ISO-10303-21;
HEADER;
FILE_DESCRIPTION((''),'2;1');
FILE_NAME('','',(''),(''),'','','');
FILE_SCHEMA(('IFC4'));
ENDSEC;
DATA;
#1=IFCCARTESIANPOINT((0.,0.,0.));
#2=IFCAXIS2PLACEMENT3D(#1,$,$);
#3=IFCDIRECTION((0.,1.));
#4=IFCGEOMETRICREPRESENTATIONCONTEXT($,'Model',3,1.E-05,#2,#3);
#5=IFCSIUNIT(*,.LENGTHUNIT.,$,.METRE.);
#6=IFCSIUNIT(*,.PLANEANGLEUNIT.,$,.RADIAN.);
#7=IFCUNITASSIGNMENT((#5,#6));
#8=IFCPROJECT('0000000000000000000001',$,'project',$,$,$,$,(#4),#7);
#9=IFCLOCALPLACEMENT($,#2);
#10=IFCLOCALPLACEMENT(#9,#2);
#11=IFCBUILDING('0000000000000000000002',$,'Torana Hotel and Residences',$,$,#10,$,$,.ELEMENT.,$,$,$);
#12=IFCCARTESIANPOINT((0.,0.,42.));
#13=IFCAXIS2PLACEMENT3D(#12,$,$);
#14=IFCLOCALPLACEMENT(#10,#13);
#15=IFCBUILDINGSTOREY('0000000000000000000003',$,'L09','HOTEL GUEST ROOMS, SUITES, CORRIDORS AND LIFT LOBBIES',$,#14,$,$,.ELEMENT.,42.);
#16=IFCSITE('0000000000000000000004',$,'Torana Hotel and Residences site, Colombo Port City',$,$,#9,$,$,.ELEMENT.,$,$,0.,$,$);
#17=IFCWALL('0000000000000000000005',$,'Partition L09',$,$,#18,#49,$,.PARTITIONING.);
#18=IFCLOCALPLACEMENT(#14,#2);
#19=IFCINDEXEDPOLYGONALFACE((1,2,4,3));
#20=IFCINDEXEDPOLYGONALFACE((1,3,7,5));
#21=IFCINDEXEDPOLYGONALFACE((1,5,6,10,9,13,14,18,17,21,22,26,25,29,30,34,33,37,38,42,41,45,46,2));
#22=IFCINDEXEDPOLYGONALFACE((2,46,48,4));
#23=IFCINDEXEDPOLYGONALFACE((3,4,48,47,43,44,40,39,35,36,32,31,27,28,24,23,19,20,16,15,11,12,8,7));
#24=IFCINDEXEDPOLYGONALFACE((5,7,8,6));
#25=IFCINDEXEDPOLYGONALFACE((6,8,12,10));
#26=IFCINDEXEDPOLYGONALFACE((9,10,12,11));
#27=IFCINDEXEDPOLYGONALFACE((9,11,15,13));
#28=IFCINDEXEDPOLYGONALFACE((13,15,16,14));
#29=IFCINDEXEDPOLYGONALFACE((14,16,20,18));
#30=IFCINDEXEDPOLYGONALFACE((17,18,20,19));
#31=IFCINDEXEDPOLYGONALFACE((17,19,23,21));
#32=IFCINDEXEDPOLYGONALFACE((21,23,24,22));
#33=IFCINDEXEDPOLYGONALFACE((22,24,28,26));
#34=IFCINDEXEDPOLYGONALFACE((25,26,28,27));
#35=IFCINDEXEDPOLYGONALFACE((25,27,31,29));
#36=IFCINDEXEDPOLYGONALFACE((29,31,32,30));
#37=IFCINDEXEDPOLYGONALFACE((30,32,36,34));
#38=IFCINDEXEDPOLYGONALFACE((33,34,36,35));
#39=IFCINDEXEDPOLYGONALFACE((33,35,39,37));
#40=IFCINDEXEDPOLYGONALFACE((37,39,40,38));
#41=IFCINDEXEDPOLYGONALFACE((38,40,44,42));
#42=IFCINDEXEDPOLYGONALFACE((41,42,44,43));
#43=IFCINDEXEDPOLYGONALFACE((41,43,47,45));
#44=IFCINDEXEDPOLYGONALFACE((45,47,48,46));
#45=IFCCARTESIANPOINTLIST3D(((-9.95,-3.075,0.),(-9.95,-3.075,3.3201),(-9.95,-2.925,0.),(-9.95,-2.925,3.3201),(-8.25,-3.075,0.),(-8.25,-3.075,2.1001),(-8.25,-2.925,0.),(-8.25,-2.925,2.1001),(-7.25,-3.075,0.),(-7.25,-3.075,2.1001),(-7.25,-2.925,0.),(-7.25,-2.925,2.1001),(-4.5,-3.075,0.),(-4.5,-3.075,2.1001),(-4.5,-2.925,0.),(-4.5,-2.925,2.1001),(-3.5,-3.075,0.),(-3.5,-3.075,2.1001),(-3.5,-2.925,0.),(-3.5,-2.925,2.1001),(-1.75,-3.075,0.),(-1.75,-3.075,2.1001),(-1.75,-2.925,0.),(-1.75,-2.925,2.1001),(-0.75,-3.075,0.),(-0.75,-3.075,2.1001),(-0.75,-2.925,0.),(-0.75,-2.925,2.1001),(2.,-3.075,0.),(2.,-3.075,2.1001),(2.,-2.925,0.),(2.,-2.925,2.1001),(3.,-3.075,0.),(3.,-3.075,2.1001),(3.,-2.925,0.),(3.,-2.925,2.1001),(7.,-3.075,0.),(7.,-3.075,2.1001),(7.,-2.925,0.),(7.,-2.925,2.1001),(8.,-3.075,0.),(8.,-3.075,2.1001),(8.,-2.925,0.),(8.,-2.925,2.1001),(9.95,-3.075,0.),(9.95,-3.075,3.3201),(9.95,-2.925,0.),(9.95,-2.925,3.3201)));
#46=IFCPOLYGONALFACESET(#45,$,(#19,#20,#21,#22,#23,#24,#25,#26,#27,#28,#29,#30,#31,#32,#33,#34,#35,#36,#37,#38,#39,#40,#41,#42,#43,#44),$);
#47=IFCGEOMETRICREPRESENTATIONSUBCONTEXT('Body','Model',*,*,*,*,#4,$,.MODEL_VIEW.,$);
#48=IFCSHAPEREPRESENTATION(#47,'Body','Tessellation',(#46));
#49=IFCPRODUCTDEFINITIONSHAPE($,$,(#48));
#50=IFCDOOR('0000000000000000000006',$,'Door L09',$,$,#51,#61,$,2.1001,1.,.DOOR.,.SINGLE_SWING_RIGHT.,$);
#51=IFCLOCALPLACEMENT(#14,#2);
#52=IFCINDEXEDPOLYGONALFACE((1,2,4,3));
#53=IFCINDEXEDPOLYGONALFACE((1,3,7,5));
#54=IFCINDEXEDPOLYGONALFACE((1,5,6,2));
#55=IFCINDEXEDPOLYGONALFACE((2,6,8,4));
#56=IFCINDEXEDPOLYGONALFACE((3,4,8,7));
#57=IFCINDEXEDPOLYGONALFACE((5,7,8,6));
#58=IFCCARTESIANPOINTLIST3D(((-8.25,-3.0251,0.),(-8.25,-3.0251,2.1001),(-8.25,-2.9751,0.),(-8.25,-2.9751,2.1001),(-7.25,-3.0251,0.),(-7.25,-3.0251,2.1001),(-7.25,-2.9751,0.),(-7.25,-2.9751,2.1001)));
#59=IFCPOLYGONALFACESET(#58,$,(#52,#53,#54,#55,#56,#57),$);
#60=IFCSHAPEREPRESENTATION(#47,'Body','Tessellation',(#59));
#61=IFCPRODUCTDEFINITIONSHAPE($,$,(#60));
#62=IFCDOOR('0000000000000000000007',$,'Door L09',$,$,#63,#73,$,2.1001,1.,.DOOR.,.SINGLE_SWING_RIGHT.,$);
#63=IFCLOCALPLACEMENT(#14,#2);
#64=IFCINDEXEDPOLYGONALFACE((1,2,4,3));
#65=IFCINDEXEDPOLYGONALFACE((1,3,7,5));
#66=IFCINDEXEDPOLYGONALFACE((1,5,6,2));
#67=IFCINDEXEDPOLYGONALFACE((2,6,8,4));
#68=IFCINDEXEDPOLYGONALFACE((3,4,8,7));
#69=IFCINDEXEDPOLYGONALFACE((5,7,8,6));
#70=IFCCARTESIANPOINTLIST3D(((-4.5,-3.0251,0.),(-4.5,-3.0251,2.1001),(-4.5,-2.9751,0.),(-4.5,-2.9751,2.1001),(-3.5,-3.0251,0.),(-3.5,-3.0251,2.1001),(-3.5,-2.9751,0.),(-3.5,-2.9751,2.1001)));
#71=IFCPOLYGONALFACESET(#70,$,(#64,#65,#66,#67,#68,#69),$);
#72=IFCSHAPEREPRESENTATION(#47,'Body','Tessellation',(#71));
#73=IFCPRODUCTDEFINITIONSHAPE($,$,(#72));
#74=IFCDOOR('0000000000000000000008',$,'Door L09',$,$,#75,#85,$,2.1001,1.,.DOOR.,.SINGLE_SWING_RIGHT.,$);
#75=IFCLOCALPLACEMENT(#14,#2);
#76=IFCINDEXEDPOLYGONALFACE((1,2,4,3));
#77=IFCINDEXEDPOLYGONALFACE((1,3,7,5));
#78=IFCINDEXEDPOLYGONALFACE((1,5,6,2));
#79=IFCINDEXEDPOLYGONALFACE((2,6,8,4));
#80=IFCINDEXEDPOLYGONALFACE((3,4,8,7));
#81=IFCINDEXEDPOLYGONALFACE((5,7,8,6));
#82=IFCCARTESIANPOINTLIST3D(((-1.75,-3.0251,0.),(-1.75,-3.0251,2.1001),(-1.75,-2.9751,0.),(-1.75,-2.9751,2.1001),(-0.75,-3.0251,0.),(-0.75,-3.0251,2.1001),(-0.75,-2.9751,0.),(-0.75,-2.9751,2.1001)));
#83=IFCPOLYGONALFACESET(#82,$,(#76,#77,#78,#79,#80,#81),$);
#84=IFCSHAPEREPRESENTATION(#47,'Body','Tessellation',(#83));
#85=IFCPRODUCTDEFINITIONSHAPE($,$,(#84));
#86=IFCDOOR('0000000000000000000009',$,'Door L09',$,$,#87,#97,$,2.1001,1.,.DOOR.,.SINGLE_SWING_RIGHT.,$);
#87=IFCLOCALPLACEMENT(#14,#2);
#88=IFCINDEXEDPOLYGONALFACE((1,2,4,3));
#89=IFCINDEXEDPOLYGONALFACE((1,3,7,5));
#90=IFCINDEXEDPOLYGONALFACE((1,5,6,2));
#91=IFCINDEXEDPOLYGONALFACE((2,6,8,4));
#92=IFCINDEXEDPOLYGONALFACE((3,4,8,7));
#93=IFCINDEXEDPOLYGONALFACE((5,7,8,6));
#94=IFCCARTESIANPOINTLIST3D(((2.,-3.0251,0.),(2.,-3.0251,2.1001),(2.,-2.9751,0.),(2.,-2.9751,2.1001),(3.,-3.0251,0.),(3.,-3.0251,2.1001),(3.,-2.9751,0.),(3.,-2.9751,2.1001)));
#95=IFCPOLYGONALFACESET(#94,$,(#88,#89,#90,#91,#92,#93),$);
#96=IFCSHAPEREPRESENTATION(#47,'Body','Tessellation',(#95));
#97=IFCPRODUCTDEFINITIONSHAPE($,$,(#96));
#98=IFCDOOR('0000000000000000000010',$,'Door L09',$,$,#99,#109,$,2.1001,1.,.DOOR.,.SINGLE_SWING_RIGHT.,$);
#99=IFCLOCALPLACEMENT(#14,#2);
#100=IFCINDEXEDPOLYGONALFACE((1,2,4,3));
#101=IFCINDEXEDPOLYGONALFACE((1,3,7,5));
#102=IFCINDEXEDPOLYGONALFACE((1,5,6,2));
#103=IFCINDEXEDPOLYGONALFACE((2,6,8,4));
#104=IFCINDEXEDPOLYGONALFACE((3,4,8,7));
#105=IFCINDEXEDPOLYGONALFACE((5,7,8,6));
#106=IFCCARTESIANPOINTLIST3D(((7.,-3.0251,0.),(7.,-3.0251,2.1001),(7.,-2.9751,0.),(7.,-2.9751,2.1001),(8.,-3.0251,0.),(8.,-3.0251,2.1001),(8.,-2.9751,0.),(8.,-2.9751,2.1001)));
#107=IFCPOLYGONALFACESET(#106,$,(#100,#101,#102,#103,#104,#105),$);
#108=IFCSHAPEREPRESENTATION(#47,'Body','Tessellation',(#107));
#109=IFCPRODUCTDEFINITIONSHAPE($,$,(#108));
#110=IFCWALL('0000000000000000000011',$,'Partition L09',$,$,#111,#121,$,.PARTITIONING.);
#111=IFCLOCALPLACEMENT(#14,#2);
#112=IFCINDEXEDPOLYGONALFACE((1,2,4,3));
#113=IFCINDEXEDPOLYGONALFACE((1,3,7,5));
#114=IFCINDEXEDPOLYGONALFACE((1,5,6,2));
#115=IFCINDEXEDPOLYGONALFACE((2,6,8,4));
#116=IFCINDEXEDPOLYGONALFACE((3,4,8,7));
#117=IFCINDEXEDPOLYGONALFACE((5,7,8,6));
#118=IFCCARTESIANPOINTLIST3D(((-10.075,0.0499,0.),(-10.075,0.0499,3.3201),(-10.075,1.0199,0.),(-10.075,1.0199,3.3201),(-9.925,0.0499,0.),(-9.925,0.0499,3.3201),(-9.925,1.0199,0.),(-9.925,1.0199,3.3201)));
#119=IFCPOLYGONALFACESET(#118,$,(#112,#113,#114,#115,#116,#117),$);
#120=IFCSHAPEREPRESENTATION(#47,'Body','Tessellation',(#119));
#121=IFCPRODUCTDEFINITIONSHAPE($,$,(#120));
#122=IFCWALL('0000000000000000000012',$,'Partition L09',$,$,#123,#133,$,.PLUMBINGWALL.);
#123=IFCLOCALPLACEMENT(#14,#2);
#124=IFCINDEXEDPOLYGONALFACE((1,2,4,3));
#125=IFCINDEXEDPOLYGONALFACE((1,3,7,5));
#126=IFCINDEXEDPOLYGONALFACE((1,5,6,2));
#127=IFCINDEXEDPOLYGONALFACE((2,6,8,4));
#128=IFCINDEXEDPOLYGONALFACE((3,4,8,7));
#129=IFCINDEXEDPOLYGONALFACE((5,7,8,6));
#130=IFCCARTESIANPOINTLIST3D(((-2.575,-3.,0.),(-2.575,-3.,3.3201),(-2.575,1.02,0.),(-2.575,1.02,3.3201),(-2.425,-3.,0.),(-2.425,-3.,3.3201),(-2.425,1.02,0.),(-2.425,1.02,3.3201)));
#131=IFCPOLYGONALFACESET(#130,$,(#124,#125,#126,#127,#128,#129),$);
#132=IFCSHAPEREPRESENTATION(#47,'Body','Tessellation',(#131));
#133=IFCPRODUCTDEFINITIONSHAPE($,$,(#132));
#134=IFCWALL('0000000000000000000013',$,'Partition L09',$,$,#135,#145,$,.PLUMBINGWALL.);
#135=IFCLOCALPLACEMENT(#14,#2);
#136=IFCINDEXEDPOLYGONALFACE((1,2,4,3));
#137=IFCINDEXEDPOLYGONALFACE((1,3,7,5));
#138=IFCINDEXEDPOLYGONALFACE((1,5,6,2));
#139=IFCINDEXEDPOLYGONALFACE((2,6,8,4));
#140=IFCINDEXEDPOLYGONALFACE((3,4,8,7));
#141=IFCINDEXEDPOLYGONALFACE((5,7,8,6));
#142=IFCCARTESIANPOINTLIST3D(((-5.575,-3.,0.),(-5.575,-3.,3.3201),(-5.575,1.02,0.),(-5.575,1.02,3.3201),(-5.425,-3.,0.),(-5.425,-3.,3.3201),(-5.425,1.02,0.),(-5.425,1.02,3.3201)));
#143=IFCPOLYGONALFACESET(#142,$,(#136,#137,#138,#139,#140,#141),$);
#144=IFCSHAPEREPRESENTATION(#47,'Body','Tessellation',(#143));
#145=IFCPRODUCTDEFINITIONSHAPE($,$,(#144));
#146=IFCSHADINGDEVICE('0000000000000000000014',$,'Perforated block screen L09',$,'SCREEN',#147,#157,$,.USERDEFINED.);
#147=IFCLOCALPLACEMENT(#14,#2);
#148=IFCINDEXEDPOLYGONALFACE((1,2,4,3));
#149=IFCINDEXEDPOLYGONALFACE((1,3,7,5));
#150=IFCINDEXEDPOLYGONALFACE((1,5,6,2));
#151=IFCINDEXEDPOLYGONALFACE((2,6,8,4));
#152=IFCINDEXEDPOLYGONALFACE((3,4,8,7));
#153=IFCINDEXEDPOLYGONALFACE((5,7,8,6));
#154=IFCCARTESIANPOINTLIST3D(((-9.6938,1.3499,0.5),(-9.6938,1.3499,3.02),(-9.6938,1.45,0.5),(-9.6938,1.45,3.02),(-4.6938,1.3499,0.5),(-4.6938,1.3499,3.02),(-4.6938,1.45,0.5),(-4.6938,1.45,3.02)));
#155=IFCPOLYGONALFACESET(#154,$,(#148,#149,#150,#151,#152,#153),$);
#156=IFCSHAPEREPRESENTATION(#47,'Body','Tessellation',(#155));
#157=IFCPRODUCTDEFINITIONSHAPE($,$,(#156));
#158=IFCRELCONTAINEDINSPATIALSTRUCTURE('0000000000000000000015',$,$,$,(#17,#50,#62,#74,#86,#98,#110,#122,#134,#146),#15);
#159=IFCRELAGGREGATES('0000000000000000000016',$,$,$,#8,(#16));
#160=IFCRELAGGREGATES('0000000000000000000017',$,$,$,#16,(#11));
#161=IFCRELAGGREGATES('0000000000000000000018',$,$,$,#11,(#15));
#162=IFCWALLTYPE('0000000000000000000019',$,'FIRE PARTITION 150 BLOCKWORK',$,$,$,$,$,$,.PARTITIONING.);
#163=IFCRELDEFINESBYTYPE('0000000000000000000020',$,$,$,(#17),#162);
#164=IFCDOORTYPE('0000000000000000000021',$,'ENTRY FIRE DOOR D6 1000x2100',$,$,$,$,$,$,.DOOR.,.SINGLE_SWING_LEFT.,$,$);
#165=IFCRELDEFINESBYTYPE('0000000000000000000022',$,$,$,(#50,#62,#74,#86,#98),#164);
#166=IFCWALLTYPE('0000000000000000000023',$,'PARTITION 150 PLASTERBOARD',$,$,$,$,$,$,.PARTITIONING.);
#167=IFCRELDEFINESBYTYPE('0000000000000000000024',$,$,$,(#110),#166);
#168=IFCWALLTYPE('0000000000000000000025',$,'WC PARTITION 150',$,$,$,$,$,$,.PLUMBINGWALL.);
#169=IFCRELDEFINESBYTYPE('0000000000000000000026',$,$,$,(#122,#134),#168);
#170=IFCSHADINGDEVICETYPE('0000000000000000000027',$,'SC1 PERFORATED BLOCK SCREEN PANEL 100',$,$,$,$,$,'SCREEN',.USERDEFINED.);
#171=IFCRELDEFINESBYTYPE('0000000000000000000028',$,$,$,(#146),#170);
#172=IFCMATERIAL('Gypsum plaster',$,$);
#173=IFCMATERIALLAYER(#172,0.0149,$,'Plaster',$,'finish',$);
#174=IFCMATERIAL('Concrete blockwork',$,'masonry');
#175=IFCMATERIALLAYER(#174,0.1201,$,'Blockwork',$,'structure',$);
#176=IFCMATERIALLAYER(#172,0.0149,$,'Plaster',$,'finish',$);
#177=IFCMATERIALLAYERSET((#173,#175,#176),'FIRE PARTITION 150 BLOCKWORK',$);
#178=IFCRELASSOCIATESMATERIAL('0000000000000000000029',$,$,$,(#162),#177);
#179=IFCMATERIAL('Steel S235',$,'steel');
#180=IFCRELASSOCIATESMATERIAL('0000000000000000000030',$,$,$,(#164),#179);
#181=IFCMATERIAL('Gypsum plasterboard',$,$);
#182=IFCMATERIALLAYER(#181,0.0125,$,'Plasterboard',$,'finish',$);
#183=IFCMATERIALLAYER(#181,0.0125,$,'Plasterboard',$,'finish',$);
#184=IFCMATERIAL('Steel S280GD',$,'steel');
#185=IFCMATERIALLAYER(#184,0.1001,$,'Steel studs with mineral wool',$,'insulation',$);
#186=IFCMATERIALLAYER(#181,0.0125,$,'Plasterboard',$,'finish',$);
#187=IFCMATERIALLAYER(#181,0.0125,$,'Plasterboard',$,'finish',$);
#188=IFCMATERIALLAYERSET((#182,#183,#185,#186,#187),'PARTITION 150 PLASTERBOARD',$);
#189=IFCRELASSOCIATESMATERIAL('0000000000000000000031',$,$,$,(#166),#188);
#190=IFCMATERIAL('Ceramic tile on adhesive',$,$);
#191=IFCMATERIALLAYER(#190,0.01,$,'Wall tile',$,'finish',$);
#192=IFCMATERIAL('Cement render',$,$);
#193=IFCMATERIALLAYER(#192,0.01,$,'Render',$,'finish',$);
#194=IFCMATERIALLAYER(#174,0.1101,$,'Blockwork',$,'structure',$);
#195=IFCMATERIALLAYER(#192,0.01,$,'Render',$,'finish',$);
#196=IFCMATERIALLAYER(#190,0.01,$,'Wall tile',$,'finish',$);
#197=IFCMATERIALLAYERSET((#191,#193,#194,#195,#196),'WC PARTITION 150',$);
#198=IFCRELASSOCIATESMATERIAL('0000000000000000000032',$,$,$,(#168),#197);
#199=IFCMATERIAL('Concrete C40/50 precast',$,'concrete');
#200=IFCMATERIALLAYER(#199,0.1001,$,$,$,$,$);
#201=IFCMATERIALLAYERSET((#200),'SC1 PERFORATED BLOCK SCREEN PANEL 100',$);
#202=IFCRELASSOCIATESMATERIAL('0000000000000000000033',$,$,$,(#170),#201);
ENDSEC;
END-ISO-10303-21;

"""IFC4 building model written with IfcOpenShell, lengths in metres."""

from ifc_helpers import new_model, si_unit, direction, frame, frame_2d, origin, origin_2d, place, context, subcontext, project, spatial, rectangle, extrude, material, layer, layer_set, type_object, element, fill, save


model = new_model("IFC4")

# Units and contexts
model_context = context("Model", 3, precision=1e-05, world=origin(), true_north=direction((0.0, 1.0)))
body_context = subcontext(model_context, "Body", "Model", "MODEL_VIEW")
ifc_project = project(units=[si_unit("LENGTHUNIT", "METRE"), si_unit("PLANEANGLEUNIT", "RADIAN")], contexts=[model_context])

# Site, building, storey
site_placement = place(None, origin())
site = spatial("IfcSite", under=ifc_project, at=site_placement, Name="Torana Hotel and Residences site, Colombo Port City", CompositionType="ELEMENT", RefElevation=0.0)
building_placement = place(site_placement, origin())
building = spatial("IfcBuilding", under=site, at=building_placement, Name="Torana Hotel and Residences", CompositionType="ELEMENT")
storey_placement = place(building_placement, frame((0.0, 0.0, 42.0)))
storey = spatial("IfcBuildingStorey", under=building, at=storey_placement, Name="L09", Description="HOTEL GUEST ROOMS, SUITES, CORRIDORS AND LIFT LOBBIES", CompositionType="ELEMENT", Elevation=42.0)

# Shared definitions
ifc_material_1 = material(Name="Gypsum plaster")
ifc_layer_1 = layer(ifc_material_1, 0.0149, Name="Plaster", Category="finish")
ifc_material_2 = material(Name="Concrete blockwork", Category="masonry")
ifc_layer_2 = layer(ifc_material_2, 0.1201, Name="Blockwork", Category="structure")
ifc_layer_3 = layer(ifc_material_1, 0.0149, Name="Plaster", Category="finish")
ifc_layer_set_1 = layer_set([ifc_layer_1, ifc_layer_2, ifc_layer_3], Name="FIRE PARTITION 150 BLOCKWORK")
wall_type_1 = type_object("IfcWallType", Name="FIRE PARTITION 150 BLOCKWORK", PredefinedType="PARTITIONING", material=ifc_layer_set_1)

# Shared definitions
ifc_material_3 = material(Name="Steel S235", Category="steel")
door_type = type_object("IfcDoorType", Name="ENTRY FIRE DOOR D6 1000x2100", OperationType="SINGLE_SWING_LEFT", PredefinedType="DOOR", material=ifc_material_3)

# Wall, openings, doors
wall_1_placement = place(storey_placement, frame((-9.95, -3.0, 0.0), z_axis=(0.0, 0.0, 1.0), x_axis=(1.0, 0.0, 0.0)))
wall_1 = element("IfcWall", 1, at=wall_1_placement, inside=storey, type_object=wall_type_1, Name="Partition L09", PredefinedType="PARTITIONING", context=body_context, shape_type="SweptSolid", body=[
    extrude(rectangle(XDim=19.8999, YDim=0.1499, at=frame_2d((9.95, 0.0))), origin(), (0.0, 0.0, 1.0), 3.3201),
])
opening_1_placement = place(wall_1_placement, frame((1.7, 0.0, 0.0)))
opening_1 = element("IfcOpeningElement", 2, at=opening_1_placement, cuts=wall_1, PredefinedType="OPENING", context=body_context, shape_type="SweptSolid", body=[
    extrude(rectangle(XDim=1.0, YDim=2.1001, at=frame_2d((0.5, 1.05))), frame((0.0, 0.085, 0.0), z_axis=(0.0, -1.0, 0.0), x_axis=(1.0, 0.0, 0.0)), (0.0, 0.0, 1.0), 0.1699),
])
opening_2_placement = place(wall_1_placement, frame((5.45, 0.0, 0.0)))
opening_2 = element("IfcOpeningElement", 3, at=opening_2_placement, cuts=wall_1, PredefinedType="OPENING", context=body_context, shape_type="SweptSolid", body=[
    extrude(rectangle(XDim=1.0, YDim=2.1001, at=frame_2d((0.5, 1.05))), frame((0.0, 0.085, 0.0), z_axis=(0.0, -1.0, 0.0), x_axis=(1.0, 0.0, 0.0)), (0.0, 0.0, 1.0), 0.1699),
])
opening_3_placement = place(wall_1_placement, frame((8.2, 0.0, 0.0)))
opening_3 = element("IfcOpeningElement", 4, at=opening_3_placement, cuts=wall_1, PredefinedType="OPENING", context=body_context, shape_type="SweptSolid", body=[
    extrude(rectangle(XDim=1.0, YDim=2.1001, at=frame_2d((0.5, 1.05))), frame((0.0, 0.085, 0.0), z_axis=(0.0, -1.0, 0.0), x_axis=(1.0, 0.0, 0.0)), (0.0, 0.0, 1.0), 0.1699),
])
opening_4_placement = place(wall_1_placement, frame((11.95, 0.0, 0.0)))
opening_4 = element("IfcOpeningElement", 5, at=opening_4_placement, cuts=wall_1, PredefinedType="OPENING", context=body_context, shape_type="SweptSolid", body=[
    extrude(rectangle(XDim=1.0, YDim=2.1001, at=frame_2d((0.5, 1.05))), frame((0.0, 0.085, 0.0), z_axis=(0.0, -1.0, 0.0), x_axis=(1.0, 0.0, 0.0)), (0.0, 0.0, 1.0), 0.1699),
])
opening_5_placement = place(wall_1_placement, frame((16.95, 0.0, 0.0)))
opening_5 = element("IfcOpeningElement", 6, at=opening_5_placement, cuts=wall_1, PredefinedType="OPENING", context=body_context, shape_type="SweptSolid", body=[
    extrude(rectangle(XDim=1.0, YDim=2.1001, at=frame_2d((0.5, 1.05))), frame((0.0, 0.085, 0.0), z_axis=(0.0, -1.0, 0.0), x_axis=(1.0, 0.0, 0.0)), (0.0, 0.0, 1.0), 0.1699),
])
door_1_placement = place(opening_1_placement, origin())
door_1 = element("IfcDoor", 7, at=door_1_placement, inside=storey, type_object=door_type, Name="Door L09", OperationType="SINGLE_SWING_RIGHT", OverallHeight=2.1001, OverallWidth=1.0, PredefinedType="DOOR", context=body_context, shape_type="SweptSolid", body=[
    extrude(rectangle(XDim=1.0, YDim=2.1001, at=frame_2d((0.5, 1.05))), frame((0.0, 0.0249, 0.0), z_axis=(0.0, -1.0, 0.0), x_axis=(1.0, 0.0, 0.0)), (0.0, 0.0, 1.0), 0.05),
])
fill(opening_1, door_1)
door_2_placement = place(opening_2_placement, origin())
door_2 = element("IfcDoor", 8, at=door_2_placement, inside=storey, type_object=door_type, Name="Door L09", OperationType="SINGLE_SWING_RIGHT", OverallHeight=2.1001, OverallWidth=1.0, PredefinedType="DOOR", context=body_context, shape_type="SweptSolid", body=[
    extrude(rectangle(XDim=1.0, YDim=2.1001, at=frame_2d((0.5, 1.05))), frame((0.0, 0.0249, 0.0), z_axis=(0.0, -1.0, 0.0), x_axis=(1.0, 0.0, 0.0)), (0.0, 0.0, 1.0), 0.05),
])
fill(opening_2, door_2)
door_3_placement = place(opening_3_placement, origin())
door_3 = element("IfcDoor", 9, at=door_3_placement, inside=storey, type_object=door_type, Name="Door L09", OperationType="SINGLE_SWING_RIGHT", OverallHeight=2.1001, OverallWidth=1.0, PredefinedType="DOOR", context=body_context, shape_type="SweptSolid", body=[
    extrude(rectangle(XDim=1.0, YDim=2.1001, at=frame_2d((0.5, 1.05))), frame((0.0, 0.0249, 0.0), z_axis=(0.0, -1.0, 0.0), x_axis=(1.0, 0.0, 0.0)), (0.0, 0.0, 1.0), 0.05),
])
fill(opening_3, door_3)
door_4_placement = place(opening_4_placement, origin())
door_4 = element("IfcDoor", 10, at=door_4_placement, inside=storey, type_object=door_type, Name="Door L09", OperationType="SINGLE_SWING_RIGHT", OverallHeight=2.1001, OverallWidth=1.0, PredefinedType="DOOR", context=body_context, shape_type="SweptSolid", body=[
    extrude(rectangle(XDim=1.0, YDim=2.1001, at=frame_2d((0.5, 1.05))), frame((0.0, 0.0249, 0.0), z_axis=(0.0, -1.0, 0.0), x_axis=(1.0, 0.0, 0.0)), (0.0, 0.0, 1.0), 0.05),
])
fill(opening_4, door_4)
door_5_placement = place(opening_5_placement, origin())
door_5 = element("IfcDoor", 11, at=door_5_placement, inside=storey, type_object=door_type, Name="Door L09", OperationType="SINGLE_SWING_RIGHT", OverallHeight=2.1001, OverallWidth=1.0, PredefinedType="DOOR", context=body_context, shape_type="SweptSolid", body=[
    extrude(rectangle(XDim=1.0, YDim=2.1001, at=frame_2d((0.5, 1.05))), frame((0.0, 0.0249, 0.0), z_axis=(0.0, -1.0, 0.0), x_axis=(1.0, 0.0, 0.0)), (0.0, 0.0, 1.0), 0.05),
])
fill(opening_5, door_5)

# Walls
ifc_material_4 = material(Name="Gypsum plasterboard")
ifc_layer_4 = layer(ifc_material_4, 0.0125, Name="Plasterboard", Category="finish")
ifc_layer_5 = layer(ifc_material_4, 0.0125, Name="Plasterboard", Category="finish")
ifc_material_5 = material(Name="Steel S280GD", Category="steel")
ifc_layer_6 = layer(ifc_material_5, 0.1001, Name="Steel studs with mineral wool", Category="insulation")
ifc_layer_7 = layer(ifc_material_4, 0.0125, Name="Plasterboard", Category="finish")
ifc_layer_8 = layer(ifc_material_4, 0.0125, Name="Plasterboard", Category="finish")
ifc_layer_set_2 = layer_set([ifc_layer_4, ifc_layer_5, ifc_layer_6, ifc_layer_7, ifc_layer_8], Name="PARTITION 150 PLASTERBOARD")
wall_type_2 = type_object("IfcWallType", Name="PARTITION 150 PLASTERBOARD", PredefinedType="PARTITIONING", material=ifc_layer_set_2)
wall_2_placement = place(storey_placement, frame((-10.0, 0.05, 0.0), z_axis=(0.0, 0.0, 1.0), x_axis=(0.0, 1.0, 0.0)))
element("IfcWall", 12, at=wall_2_placement, inside=storey, type_object=wall_type_2, Name="Partition L09", PredefinedType="PARTITIONING", context=body_context, shape_type="SweptSolid", body=[
    extrude(rectangle(XDim=0.97, YDim=0.1499, at=frame_2d((0.4849, 0.0))), origin(), (0.0, 0.0, 1.0), 3.3201),
])
ifc_material_6 = material(Name="Ceramic tile on adhesive")
ifc_layer_9 = layer(ifc_material_6, 0.01, Name="Wall tile", Category="finish")
ifc_material_7 = material(Name="Cement render")
ifc_layer_10 = layer(ifc_material_7, 0.01, Name="Render", Category="finish")
ifc_layer_11 = layer(ifc_material_2, 0.1101, Name="Blockwork", Category="structure")
ifc_layer_12 = layer(ifc_material_7, 0.01, Name="Render", Category="finish")
ifc_layer_13 = layer(ifc_material_6, 0.01, Name="Wall tile", Category="finish")
ifc_layer_set_3 = layer_set([ifc_layer_9, ifc_layer_10, ifc_layer_11, ifc_layer_12, ifc_layer_13], Name="WC PARTITION 150")
wall_type_3 = type_object("IfcWallType", Name="WC PARTITION 150", PredefinedType="PLUMBINGWALL", material=ifc_layer_set_3)
for number, where, z_axis, x_axis, name in (
    (13, (-2.5, -3.0, 0.0), (0.0, 0.0, 1.0), (0.0, 1.0, 0.0), "Partition L09"),
    (14, (-5.5, -3.0, 0.0), (0.0, 0.0, 1.0), (0.0, 1.0, 0.0), "Partition L09"),
):
    element("IfcWall", number, at=place(storey_placement, frame(where, z_axis=z_axis, x_axis=x_axis)), inside=storey, type_object=wall_type_3, Name=name, PredefinedType="PLUMBINGWALL", context=body_context, shape_type="SweptSolid", body=[
        extrude(rectangle(XDim=4.02, YDim=0.1499, at=frame_2d((2.01, 0.0))), origin(), (0.0, 0.0, 1.0), 3.3201),
    ])

# Shading device
ifc_material_8 = material(Name="Concrete C40/50 precast", Category="concrete")
ifc_layer_14 = layer(ifc_material_8, 0.1001)
ifc_layer_set_4 = layer_set([ifc_layer_14], Name="SC1 PERFORATED BLOCK SCREEN PANEL 100")
shading_device_type = type_object("IfcShadingDeviceType", Name="SC1 PERFORATED BLOCK SCREEN PANEL 100", ElementType="SCREEN", PredefinedType="USERDEFINED", material=ifc_layer_set_4)
shading_device_placement = place(storey_placement, frame((-7.1938, 1.3999, 0.5), z_axis=(0.0, 0.0, 1.0), x_axis=(-1.0, 0.0, 0.0)))
element("IfcShadingDevice", 15, at=shading_device_placement, inside=storey, type_object=shading_device_type, Name="Perforated block screen L09", ObjectType="SCREEN", PredefinedType="USERDEFINED", context=body_context, shape_type="SweptSolid", body=[
    extrude(rectangle(XDim=5.0, YDim=0.1001, at=origin_2d()), origin(), (0.0, 0.0, 1.0), 2.52),
])

save(model, "model.ifc")
